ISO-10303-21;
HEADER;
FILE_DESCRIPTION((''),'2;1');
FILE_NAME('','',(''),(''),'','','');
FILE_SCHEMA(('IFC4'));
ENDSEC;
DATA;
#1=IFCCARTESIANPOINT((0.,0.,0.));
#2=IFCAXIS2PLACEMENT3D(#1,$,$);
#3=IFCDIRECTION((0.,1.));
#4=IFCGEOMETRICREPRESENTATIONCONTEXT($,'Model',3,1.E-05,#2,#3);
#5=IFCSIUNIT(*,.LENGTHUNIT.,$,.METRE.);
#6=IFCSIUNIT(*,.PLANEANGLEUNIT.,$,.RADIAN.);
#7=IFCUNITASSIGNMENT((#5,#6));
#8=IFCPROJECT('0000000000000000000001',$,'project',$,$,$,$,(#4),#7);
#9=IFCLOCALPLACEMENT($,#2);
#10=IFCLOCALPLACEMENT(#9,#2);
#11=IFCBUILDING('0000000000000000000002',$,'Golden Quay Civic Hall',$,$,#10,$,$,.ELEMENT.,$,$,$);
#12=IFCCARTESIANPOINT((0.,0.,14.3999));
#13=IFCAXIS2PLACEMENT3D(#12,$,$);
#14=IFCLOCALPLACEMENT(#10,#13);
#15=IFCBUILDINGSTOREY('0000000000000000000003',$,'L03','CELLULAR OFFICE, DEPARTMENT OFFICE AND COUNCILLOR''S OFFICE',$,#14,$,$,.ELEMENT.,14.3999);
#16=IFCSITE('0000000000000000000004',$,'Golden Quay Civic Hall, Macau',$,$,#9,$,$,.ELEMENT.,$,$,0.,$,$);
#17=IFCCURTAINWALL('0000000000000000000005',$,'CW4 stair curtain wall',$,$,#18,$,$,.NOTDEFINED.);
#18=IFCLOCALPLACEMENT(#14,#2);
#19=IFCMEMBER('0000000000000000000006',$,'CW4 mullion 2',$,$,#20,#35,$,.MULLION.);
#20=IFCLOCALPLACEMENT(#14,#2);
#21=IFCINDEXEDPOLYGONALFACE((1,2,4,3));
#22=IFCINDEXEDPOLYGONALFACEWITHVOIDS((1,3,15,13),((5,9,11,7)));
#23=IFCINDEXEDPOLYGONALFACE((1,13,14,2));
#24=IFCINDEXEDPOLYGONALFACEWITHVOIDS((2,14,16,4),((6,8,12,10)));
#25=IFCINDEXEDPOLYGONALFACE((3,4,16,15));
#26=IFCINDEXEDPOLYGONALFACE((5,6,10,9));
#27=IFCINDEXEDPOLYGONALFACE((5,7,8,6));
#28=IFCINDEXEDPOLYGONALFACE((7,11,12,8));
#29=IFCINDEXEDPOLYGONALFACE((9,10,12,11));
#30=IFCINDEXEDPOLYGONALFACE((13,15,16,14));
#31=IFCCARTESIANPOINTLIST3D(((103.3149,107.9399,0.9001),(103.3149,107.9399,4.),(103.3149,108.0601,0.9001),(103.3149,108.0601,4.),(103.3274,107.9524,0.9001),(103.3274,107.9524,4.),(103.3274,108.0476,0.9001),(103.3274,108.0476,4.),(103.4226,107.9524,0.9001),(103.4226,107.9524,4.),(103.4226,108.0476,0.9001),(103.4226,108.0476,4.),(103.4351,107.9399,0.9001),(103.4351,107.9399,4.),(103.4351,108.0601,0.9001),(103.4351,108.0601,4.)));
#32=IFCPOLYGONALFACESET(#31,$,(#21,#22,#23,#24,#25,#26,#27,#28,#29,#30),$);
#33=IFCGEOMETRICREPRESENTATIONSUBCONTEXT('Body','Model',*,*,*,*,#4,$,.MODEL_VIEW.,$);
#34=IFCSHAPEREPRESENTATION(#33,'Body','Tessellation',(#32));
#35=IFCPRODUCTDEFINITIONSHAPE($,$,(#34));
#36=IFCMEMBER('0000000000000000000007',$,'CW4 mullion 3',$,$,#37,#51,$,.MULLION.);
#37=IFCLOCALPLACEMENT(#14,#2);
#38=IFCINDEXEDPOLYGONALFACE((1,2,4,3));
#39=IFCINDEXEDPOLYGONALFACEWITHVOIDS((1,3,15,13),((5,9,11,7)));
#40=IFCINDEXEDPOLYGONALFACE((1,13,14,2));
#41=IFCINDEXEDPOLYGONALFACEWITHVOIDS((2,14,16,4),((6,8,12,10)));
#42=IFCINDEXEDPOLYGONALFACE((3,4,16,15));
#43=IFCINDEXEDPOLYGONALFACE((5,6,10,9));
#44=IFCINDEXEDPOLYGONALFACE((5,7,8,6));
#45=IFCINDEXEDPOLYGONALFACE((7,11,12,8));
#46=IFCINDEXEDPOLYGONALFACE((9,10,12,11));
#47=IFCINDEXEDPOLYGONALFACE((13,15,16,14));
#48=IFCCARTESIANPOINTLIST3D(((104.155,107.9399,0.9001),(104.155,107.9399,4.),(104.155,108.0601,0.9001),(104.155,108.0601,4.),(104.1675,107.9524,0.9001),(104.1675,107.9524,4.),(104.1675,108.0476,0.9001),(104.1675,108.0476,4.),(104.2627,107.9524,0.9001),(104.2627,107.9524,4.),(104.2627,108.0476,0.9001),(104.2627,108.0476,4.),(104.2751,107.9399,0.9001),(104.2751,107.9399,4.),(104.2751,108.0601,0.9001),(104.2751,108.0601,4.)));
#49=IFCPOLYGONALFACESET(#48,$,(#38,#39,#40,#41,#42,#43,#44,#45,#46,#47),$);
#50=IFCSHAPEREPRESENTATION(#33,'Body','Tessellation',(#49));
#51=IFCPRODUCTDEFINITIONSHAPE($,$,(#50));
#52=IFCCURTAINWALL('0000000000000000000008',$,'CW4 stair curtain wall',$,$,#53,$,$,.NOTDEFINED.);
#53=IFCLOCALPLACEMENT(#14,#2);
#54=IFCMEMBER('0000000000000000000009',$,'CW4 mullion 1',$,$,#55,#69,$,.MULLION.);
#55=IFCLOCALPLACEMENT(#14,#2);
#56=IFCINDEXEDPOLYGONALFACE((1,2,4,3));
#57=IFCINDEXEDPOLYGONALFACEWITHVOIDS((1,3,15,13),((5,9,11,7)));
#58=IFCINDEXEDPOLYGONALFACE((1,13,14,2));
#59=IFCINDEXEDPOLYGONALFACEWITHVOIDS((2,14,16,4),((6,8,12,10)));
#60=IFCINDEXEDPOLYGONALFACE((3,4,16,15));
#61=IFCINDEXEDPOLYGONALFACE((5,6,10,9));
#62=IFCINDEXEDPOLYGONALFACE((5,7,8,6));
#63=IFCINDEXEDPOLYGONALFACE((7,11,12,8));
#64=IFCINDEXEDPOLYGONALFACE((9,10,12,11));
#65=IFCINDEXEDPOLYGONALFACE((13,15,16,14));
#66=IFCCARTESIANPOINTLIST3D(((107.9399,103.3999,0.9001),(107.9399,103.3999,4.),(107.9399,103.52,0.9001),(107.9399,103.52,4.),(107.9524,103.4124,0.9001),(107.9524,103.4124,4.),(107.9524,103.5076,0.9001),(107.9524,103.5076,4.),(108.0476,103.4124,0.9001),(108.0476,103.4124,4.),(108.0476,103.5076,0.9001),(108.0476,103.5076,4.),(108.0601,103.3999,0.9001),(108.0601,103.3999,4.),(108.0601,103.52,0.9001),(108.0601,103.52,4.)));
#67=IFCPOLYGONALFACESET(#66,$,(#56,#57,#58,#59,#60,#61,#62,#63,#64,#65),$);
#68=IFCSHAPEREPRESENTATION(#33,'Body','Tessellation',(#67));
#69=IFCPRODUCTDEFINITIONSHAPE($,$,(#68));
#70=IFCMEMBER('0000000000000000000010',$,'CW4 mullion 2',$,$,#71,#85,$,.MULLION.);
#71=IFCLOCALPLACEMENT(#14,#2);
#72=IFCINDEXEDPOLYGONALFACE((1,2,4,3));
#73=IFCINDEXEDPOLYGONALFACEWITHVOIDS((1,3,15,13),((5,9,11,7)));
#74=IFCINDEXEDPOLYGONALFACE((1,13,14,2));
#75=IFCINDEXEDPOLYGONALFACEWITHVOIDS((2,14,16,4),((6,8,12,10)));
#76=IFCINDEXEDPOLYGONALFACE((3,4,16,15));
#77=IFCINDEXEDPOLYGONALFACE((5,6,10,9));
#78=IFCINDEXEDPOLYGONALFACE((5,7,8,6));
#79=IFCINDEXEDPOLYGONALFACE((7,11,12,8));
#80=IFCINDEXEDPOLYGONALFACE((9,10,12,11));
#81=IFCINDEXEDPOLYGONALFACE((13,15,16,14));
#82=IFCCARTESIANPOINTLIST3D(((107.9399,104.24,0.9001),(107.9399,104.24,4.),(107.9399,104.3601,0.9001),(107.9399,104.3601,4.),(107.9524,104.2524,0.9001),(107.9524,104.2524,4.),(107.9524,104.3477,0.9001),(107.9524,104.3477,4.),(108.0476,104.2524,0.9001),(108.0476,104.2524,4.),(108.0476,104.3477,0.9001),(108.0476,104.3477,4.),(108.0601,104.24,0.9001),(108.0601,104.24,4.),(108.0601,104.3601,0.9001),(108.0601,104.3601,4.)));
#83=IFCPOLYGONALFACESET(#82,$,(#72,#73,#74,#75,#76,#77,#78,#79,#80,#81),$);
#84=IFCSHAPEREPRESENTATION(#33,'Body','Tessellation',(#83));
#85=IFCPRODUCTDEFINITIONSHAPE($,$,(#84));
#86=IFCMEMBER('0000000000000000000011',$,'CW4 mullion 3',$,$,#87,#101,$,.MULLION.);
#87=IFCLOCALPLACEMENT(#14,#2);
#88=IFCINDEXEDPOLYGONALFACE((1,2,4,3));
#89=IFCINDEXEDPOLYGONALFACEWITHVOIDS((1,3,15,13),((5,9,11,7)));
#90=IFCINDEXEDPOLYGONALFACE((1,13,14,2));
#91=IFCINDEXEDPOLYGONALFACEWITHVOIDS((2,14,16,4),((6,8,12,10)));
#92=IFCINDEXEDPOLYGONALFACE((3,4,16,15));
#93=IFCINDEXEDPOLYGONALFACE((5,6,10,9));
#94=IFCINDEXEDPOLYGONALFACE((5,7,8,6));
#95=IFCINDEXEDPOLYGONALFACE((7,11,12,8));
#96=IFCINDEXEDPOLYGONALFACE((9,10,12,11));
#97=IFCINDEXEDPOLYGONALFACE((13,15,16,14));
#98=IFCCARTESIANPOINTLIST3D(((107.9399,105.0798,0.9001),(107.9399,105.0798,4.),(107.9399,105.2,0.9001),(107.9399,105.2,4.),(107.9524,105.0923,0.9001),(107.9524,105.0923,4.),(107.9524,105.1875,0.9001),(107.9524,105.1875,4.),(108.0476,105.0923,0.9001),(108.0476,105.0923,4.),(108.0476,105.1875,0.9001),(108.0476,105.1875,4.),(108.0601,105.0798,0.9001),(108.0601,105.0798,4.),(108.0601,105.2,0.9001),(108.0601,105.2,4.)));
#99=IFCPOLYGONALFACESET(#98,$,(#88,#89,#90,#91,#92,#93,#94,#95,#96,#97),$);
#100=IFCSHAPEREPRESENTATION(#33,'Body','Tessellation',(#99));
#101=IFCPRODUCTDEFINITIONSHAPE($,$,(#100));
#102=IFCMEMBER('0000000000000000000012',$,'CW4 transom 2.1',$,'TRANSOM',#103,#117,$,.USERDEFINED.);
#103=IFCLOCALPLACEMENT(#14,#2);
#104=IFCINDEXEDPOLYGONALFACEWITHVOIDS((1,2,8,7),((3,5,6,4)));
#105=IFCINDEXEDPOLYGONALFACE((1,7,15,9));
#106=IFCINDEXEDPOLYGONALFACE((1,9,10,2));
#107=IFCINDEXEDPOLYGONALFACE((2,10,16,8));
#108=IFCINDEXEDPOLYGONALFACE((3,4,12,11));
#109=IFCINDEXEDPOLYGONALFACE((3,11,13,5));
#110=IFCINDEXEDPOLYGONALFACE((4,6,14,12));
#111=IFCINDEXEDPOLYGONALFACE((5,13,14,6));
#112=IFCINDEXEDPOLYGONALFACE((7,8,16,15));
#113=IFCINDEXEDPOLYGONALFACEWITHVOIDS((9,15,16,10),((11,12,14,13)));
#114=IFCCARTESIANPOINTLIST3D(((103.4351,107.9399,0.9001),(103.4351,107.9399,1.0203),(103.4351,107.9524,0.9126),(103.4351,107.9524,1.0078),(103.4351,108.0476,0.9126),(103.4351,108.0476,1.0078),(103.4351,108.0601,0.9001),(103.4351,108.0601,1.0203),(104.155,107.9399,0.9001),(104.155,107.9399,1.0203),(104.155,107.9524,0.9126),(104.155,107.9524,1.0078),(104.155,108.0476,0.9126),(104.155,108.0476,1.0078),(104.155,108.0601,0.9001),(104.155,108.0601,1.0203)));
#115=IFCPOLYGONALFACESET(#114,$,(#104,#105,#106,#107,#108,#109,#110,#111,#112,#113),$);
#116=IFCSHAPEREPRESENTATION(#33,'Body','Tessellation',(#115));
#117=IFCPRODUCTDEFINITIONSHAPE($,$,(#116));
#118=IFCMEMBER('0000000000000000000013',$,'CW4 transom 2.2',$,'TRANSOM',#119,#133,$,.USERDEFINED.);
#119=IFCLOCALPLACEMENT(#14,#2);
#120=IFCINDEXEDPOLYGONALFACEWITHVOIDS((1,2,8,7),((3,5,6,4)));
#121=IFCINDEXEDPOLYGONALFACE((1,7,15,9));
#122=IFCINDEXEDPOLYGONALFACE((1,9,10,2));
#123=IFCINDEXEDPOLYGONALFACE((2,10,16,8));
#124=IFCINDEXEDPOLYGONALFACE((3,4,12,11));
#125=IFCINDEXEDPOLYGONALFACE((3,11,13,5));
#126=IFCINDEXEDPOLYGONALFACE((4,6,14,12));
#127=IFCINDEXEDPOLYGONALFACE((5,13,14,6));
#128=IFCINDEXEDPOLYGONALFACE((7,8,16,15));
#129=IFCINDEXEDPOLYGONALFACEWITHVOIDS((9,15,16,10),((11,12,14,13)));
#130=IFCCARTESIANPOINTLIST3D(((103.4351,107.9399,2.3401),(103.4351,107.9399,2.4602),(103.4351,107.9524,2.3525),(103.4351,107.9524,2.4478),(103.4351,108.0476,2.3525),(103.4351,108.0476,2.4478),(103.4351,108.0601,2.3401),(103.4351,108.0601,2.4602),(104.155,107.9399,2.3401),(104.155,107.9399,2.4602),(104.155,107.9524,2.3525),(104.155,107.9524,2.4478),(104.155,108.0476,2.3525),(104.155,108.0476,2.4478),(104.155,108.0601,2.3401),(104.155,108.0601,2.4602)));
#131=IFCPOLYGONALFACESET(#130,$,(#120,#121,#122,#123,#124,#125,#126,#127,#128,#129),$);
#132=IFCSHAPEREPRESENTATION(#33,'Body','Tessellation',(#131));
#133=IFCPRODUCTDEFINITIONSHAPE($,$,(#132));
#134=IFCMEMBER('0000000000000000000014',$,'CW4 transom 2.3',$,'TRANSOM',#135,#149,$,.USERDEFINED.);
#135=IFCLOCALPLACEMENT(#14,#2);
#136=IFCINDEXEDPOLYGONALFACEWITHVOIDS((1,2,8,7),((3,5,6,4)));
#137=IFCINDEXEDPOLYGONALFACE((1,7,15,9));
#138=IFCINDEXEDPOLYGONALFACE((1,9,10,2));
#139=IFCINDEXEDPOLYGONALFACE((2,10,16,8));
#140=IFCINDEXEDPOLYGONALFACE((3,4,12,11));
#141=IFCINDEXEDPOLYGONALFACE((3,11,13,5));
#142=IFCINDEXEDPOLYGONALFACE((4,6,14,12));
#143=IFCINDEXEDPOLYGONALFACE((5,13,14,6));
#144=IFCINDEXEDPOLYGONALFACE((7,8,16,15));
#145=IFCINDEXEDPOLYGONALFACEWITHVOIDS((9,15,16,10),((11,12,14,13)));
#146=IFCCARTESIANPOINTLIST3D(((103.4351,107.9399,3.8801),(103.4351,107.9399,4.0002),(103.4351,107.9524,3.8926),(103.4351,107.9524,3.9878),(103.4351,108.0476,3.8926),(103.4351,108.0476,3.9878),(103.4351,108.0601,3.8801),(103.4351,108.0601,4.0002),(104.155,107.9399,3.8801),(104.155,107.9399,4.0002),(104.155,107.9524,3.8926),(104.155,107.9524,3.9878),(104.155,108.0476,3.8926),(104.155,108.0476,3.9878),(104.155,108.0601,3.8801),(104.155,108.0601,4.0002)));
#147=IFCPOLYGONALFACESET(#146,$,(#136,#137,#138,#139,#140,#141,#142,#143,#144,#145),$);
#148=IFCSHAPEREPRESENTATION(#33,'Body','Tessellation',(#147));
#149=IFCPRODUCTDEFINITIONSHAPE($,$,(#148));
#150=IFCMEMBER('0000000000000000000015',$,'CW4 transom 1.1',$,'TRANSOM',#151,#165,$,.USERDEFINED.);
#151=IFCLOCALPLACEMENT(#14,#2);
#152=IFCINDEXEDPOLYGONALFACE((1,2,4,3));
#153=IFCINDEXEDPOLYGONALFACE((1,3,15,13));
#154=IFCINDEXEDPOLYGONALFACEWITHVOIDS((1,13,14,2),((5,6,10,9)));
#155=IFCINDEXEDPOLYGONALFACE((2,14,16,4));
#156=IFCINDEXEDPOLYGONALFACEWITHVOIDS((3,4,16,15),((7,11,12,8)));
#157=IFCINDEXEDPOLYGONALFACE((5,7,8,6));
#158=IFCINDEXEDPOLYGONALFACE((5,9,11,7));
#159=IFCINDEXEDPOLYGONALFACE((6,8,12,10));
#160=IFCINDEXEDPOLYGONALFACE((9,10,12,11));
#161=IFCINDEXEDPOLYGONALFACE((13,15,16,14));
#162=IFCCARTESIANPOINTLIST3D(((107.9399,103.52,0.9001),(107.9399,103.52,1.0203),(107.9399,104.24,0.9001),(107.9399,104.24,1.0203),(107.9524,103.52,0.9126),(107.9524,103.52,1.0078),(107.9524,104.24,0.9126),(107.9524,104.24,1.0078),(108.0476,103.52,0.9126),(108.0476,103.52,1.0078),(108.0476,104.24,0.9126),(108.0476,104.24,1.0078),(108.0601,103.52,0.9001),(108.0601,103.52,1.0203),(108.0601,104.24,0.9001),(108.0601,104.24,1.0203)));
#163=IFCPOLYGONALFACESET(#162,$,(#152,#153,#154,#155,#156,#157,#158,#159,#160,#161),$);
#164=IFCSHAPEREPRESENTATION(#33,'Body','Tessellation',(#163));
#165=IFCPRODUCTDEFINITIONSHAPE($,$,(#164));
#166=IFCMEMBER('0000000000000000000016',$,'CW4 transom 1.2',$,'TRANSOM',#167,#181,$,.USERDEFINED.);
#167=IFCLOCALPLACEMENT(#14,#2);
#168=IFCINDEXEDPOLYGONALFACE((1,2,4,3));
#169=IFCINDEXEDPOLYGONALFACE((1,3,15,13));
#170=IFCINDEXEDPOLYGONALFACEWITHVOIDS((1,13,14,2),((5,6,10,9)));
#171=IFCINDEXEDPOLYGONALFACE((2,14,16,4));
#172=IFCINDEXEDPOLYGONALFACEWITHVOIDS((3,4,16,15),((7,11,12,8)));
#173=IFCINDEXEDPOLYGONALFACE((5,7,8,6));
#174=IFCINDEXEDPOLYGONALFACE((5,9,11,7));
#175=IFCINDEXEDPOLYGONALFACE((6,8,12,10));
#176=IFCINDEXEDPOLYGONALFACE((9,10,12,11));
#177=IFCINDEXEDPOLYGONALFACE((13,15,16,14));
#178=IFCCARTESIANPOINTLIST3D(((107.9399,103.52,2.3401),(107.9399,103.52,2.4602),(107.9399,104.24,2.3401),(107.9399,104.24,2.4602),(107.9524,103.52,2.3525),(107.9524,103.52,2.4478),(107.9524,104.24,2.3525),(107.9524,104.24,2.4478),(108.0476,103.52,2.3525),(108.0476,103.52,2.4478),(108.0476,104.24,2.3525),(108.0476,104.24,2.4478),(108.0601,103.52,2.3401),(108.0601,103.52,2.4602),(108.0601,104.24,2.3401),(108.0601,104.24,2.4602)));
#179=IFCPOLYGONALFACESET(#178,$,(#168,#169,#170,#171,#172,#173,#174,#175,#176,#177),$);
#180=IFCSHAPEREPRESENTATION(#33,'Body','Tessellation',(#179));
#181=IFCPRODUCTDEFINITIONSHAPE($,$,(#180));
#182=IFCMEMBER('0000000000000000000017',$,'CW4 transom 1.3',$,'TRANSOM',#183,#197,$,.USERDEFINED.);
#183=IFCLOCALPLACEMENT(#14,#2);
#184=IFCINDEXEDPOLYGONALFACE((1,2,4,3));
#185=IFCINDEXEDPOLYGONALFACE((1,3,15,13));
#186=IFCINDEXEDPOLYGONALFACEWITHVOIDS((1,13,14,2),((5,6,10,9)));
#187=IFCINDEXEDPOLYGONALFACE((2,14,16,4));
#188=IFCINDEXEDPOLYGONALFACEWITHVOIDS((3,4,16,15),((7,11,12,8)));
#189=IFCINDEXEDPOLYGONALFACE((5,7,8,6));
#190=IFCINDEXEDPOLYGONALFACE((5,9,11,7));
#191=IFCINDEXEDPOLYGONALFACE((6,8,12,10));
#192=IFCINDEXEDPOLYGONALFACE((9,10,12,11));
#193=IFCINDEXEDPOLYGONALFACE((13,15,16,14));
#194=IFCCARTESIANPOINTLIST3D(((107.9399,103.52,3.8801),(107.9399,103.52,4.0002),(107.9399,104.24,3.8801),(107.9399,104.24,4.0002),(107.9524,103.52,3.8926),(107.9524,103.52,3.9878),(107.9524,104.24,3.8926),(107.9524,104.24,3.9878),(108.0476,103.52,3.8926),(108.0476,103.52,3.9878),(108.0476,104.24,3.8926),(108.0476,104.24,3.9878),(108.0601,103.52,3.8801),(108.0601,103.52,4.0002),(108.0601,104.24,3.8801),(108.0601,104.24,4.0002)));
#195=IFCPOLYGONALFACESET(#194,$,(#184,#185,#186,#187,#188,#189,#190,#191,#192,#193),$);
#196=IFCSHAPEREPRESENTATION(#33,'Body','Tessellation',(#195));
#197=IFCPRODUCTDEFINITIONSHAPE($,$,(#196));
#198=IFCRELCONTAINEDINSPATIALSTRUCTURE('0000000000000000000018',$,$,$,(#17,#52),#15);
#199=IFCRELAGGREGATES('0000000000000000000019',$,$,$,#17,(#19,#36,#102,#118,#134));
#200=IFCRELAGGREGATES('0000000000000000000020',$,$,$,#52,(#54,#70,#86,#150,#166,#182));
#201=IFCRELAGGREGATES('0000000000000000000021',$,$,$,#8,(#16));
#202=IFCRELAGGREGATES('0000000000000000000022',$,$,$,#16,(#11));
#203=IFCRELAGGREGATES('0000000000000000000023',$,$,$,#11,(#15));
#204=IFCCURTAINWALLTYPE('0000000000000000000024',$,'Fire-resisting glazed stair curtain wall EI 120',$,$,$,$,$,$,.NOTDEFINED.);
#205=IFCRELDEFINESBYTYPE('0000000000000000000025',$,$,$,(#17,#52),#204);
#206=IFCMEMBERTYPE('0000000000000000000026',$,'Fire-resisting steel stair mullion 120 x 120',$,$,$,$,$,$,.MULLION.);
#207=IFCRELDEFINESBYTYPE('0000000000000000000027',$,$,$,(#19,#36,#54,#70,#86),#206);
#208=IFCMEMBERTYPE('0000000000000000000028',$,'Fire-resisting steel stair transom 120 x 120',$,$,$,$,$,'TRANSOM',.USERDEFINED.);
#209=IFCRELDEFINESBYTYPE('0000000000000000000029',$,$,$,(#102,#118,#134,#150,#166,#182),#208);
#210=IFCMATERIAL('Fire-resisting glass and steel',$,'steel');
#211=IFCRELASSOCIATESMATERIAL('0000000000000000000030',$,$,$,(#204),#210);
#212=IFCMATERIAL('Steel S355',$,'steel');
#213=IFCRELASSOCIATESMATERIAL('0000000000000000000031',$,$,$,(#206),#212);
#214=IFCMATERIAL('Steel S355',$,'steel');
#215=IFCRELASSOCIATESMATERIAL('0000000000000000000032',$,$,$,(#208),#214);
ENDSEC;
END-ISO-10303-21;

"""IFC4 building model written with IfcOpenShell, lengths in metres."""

from ifc_helpers import new_model, si_unit, direction, frame, origin, origin_2d, place, context, subcontext, project, spatial, hollow_rectangle, extrude, material, material_profile, profile_set, type_object, element, aggregate, save


model = new_model("IFC4")

# Units and contexts
model_context = context("Model", 3, precision=1e-05, world=origin(), true_north=direction((0.0, 1.0)))
body_context = subcontext(model_context, "Body", "Model", "MODEL_VIEW")
ifc_project = project(units=[si_unit("LENGTHUNIT", "METRE"), si_unit("PLANEANGLEUNIT", "RADIAN")], contexts=[model_context])

# Site, building, storey
site_placement = place(None, origin())
site = spatial("IfcSite", under=ifc_project, at=site_placement, Name="Golden Quay Civic Hall, Macau", CompositionType="ELEMENT", RefElevation=0.0)
building_placement = place(site_placement, origin())
building = spatial("IfcBuilding", under=site, at=building_placement, Name="Golden Quay Civic Hall", CompositionType="ELEMENT")
storey_placement = place(building_placement, frame((0.0, 0.0, 14.3999)))
storey = spatial("IfcBuildingStorey", under=building, at=storey_placement, Name="L03", Description="CELLULAR OFFICE, DEPARTMENT OFFICE AND COUNCILLOR'S OFFICE", CompositionType="ELEMENT", Elevation=14.3999)

# Curtain walls, members
ifc_material_1 = material(Name="Fire-resisting glass and steel", Category="steel")
curtain_wall_type = type_object("IfcCurtainWallType", Name="Fire-resisting glazed stair curtain wall EI 120", PredefinedType="NOTDEFINED", material=ifc_material_1)
curtain_wall_1_placement = place(storey_placement, origin())
curtain_wall_1 = element("IfcCurtainWall", 1, at=curtain_wall_1_placement, inside=storey, type_object=curtain_wall_type, Name="CW4 stair curtain wall", PredefinedType="NOTDEFINED")
ifc_material_2 = material(Name="Steel S355", Category="steel")
ifc_material_profile_1 = material_profile(ifc_material_2, hollow_rectangle(XDim=0.1201, YDim=0.1201, WallThickness=0.0125, at=origin_2d()), Name="SHS 120x120x12.5")
ifc_profile_set_1 = profile_set([ifc_material_profile_1], Name="Steel S355")
member_type_1 = type_object("IfcMemberType", Name="Fire-resisting steel stair mullion 120 x 120", PredefinedType="MULLION", material=ifc_profile_set_1)
member_1_placement = place(storey_placement, frame((103.375, 108.0, 0.9001), z_axis=(0.0, 0.0, 1.0), x_axis=(0.0, 1.0, 0.0)))
member_1 = element("IfcMember", 2, at=member_1_placement, type_object=member_type_1, Name="CW4 mullion 2", PredefinedType="MULLION", context=body_context, shape_type="SweptSolid", body=[
    extrude(hollow_rectangle(XDim=0.1201, YDim=0.1201, WallThickness=0.0125, at=origin_2d()), origin(), (0.0, 0.0, 1.0), 3.0999),
])
member_2_placement = place(storey_placement, frame((104.2151, 108.0, 0.9001), z_axis=(0.0, 0.0, 1.0), x_axis=(0.0, 1.0, 0.0)))
member_2 = element("IfcMember", 3, at=member_2_placement, type_object=member_type_1, Name="CW4 mullion 3", PredefinedType="MULLION", context=body_context, shape_type="SweptSolid", body=[
    extrude(hollow_rectangle(XDim=0.1201, YDim=0.1201, WallThickness=0.0125, at=origin_2d()), origin(), (0.0, 0.0, 1.0), 3.0999),
])
curtain_wall_2_placement = place(storey_placement, origin())
curtain_wall_2 = element("IfcCurtainWall", 4, at=curtain_wall_2_placement, inside=storey, type_object=curtain_wall_type, Name="CW4 stair curtain wall", PredefinedType="NOTDEFINED")
member_3_placement = place(storey_placement, frame((108.0, 103.46, 0.9001), z_axis=(0.0, 0.0, 1.0), x_axis=(-1.0, 0.0, 0.0)))
member_3 = element("IfcMember", 5, at=member_3_placement, type_object=member_type_1, Name="CW4 mullion 1", PredefinedType="MULLION", context=body_context, shape_type="SweptSolid", body=[
    extrude(hollow_rectangle(XDim=0.1201, YDim=0.1201, WallThickness=0.0125, at=origin_2d()), origin(), (0.0, 0.0, 1.0), 3.0999),
])
member_4_placement = place(storey_placement, frame((108.0, 104.3, 0.9001), z_axis=(0.0, 0.0, 1.0), x_axis=(-1.0, 0.0, 0.0)))
member_4 = element("IfcMember", 6, at=member_4_placement, type_object=member_type_1, Name="CW4 mullion 2", PredefinedType="MULLION", context=body_context, shape_type="SweptSolid", body=[
    extrude(hollow_rectangle(XDim=0.1201, YDim=0.1201, WallThickness=0.0125, at=origin_2d()), origin(), (0.0, 0.0, 1.0), 3.0999),
])
member_5_placement = place(storey_placement, frame((108.0, 105.1399, 0.9001), z_axis=(0.0, 0.0, 1.0), x_axis=(-1.0, 0.0, 0.0)))
member_5 = element("IfcMember", 7, at=member_5_placement, type_object=member_type_1, Name="CW4 mullion 3", PredefinedType="MULLION", context=body_context, shape_type="SweptSolid", body=[
    extrude(hollow_rectangle(XDim=0.1201, YDim=0.1201, WallThickness=0.0125, at=origin_2d()), origin(), (0.0, 0.0, 1.0), 3.0999),
])

# Members
ifc_material_3 = material(Name="Steel S355", Category="steel")
ifc_material_profile_2 = material_profile(ifc_material_3, hollow_rectangle(XDim=0.1201, YDim=0.1201, WallThickness=0.0125, at=origin_2d()), Name="SHS 120x120x12.5")
ifc_profile_set_2 = profile_set([ifc_material_profile_2], Name="Steel S355")
member_type_2 = type_object("IfcMemberType", Name="Fire-resisting steel stair transom 120 x 120", ElementType="TRANSOM", PredefinedType="USERDEFINED", material=ifc_profile_set_2)
member_6_placement = place(storey_placement, frame((103.4351, 108.0, 0.9602), z_axis=(1.0, 0.0, 0.0), x_axis=(0.0, 1.0, 0.0)))
member_6 = element("IfcMember", 8, at=member_6_placement, type_object=member_type_2, Name="CW4 transom 2.1", ObjectType="TRANSOM", PredefinedType="USERDEFINED", context=body_context, shape_type="SweptSolid", body=[
    extrude(hollow_rectangle(XDim=0.1201, YDim=0.1201, WallThickness=0.0125, at=origin_2d()), origin(), (0.0, 0.0, 1.0), 0.72),
])
member_7_placement = place(storey_placement, frame((103.4351, 108.0, 2.4001), z_axis=(1.0, 0.0, 0.0), x_axis=(0.0, 1.0, 0.0)))
member_7 = element("IfcMember", 9, at=member_7_placement, type_object=member_type_2, Name="CW4 transom 2.2", ObjectType="TRANSOM", PredefinedType="USERDEFINED", context=body_context, shape_type="SweptSolid", body=[
    extrude(hollow_rectangle(XDim=0.1201, YDim=0.1201, WallThickness=0.0125, at=origin_2d()), origin(), (0.0, 0.0, 1.0), 0.72),
])
member_8_placement = place(storey_placement, frame((103.4351, 108.0, 3.9402), z_axis=(1.0, 0.0, 0.0), x_axis=(0.0, 1.0, 0.0)))
member_8 = element("IfcMember", 10, at=member_8_placement, type_object=member_type_2, Name="CW4 transom 2.3", ObjectType="TRANSOM", PredefinedType="USERDEFINED", context=body_context, shape_type="SweptSolid", body=[
    extrude(hollow_rectangle(XDim=0.1201, YDim=0.1201, WallThickness=0.0125, at=origin_2d()), origin(), (0.0, 0.0, 1.0), 0.72),
])
member_9_placement = place(storey_placement, frame((108.0, 103.52, 0.9602), z_axis=(0.0, 1.0, 0.0), x_axis=(-1.0, 0.0, 0.0)))
member_9 = element("IfcMember", 11, at=member_9_placement, type_object=member_type_2, Name="CW4 transom 1.1", ObjectType="TRANSOM", PredefinedType="USERDEFINED", context=body_context, shape_type="SweptSolid", body=[
    extrude(hollow_rectangle(XDim=0.1201, YDim=0.1201, WallThickness=0.0125, at=origin_2d()), origin(), (0.0, 0.0, 1.0), 0.72),
])
member_10_placement = place(storey_placement, frame((108.0, 103.52, 2.4001), z_axis=(0.0, 1.0, 0.0), x_axis=(-1.0, 0.0, 0.0)))
member_10 = element("IfcMember", 12, at=member_10_placement, type_object=member_type_2, Name="CW4 transom 1.2", ObjectType="TRANSOM", PredefinedType="USERDEFINED", context=body_context, shape_type="SweptSolid", body=[
    extrude(hollow_rectangle(XDim=0.1201, YDim=0.1201, WallThickness=0.0125, at=origin_2d()), origin(), (0.0, 0.0, 1.0), 0.72),
])
member_11_placement = place(storey_placement, frame((108.0, 103.52, 3.9402), z_axis=(0.0, 1.0, 0.0), x_axis=(-1.0, 0.0, 0.0)))
member_11 = element("IfcMember", 13, at=member_11_placement, type_object=member_type_2, Name="CW4 transom 1.3", ObjectType="TRANSOM", PredefinedType="USERDEFINED", context=body_context, shape_type="SweptSolid", body=[
    extrude(hollow_rectangle(XDim=0.1201, YDim=0.1201, WallThickness=0.0125, at=origin_2d()), origin(), (0.0, 0.0, 1.0), 0.72),
])

aggregate(curtain_wall_1, [member_1, member_2, member_6, member_7, member_8])
aggregate(curtain_wall_2, [member_3, member_4, member_5, member_9, member_10, member_11])

save(model, "model.ifc")
